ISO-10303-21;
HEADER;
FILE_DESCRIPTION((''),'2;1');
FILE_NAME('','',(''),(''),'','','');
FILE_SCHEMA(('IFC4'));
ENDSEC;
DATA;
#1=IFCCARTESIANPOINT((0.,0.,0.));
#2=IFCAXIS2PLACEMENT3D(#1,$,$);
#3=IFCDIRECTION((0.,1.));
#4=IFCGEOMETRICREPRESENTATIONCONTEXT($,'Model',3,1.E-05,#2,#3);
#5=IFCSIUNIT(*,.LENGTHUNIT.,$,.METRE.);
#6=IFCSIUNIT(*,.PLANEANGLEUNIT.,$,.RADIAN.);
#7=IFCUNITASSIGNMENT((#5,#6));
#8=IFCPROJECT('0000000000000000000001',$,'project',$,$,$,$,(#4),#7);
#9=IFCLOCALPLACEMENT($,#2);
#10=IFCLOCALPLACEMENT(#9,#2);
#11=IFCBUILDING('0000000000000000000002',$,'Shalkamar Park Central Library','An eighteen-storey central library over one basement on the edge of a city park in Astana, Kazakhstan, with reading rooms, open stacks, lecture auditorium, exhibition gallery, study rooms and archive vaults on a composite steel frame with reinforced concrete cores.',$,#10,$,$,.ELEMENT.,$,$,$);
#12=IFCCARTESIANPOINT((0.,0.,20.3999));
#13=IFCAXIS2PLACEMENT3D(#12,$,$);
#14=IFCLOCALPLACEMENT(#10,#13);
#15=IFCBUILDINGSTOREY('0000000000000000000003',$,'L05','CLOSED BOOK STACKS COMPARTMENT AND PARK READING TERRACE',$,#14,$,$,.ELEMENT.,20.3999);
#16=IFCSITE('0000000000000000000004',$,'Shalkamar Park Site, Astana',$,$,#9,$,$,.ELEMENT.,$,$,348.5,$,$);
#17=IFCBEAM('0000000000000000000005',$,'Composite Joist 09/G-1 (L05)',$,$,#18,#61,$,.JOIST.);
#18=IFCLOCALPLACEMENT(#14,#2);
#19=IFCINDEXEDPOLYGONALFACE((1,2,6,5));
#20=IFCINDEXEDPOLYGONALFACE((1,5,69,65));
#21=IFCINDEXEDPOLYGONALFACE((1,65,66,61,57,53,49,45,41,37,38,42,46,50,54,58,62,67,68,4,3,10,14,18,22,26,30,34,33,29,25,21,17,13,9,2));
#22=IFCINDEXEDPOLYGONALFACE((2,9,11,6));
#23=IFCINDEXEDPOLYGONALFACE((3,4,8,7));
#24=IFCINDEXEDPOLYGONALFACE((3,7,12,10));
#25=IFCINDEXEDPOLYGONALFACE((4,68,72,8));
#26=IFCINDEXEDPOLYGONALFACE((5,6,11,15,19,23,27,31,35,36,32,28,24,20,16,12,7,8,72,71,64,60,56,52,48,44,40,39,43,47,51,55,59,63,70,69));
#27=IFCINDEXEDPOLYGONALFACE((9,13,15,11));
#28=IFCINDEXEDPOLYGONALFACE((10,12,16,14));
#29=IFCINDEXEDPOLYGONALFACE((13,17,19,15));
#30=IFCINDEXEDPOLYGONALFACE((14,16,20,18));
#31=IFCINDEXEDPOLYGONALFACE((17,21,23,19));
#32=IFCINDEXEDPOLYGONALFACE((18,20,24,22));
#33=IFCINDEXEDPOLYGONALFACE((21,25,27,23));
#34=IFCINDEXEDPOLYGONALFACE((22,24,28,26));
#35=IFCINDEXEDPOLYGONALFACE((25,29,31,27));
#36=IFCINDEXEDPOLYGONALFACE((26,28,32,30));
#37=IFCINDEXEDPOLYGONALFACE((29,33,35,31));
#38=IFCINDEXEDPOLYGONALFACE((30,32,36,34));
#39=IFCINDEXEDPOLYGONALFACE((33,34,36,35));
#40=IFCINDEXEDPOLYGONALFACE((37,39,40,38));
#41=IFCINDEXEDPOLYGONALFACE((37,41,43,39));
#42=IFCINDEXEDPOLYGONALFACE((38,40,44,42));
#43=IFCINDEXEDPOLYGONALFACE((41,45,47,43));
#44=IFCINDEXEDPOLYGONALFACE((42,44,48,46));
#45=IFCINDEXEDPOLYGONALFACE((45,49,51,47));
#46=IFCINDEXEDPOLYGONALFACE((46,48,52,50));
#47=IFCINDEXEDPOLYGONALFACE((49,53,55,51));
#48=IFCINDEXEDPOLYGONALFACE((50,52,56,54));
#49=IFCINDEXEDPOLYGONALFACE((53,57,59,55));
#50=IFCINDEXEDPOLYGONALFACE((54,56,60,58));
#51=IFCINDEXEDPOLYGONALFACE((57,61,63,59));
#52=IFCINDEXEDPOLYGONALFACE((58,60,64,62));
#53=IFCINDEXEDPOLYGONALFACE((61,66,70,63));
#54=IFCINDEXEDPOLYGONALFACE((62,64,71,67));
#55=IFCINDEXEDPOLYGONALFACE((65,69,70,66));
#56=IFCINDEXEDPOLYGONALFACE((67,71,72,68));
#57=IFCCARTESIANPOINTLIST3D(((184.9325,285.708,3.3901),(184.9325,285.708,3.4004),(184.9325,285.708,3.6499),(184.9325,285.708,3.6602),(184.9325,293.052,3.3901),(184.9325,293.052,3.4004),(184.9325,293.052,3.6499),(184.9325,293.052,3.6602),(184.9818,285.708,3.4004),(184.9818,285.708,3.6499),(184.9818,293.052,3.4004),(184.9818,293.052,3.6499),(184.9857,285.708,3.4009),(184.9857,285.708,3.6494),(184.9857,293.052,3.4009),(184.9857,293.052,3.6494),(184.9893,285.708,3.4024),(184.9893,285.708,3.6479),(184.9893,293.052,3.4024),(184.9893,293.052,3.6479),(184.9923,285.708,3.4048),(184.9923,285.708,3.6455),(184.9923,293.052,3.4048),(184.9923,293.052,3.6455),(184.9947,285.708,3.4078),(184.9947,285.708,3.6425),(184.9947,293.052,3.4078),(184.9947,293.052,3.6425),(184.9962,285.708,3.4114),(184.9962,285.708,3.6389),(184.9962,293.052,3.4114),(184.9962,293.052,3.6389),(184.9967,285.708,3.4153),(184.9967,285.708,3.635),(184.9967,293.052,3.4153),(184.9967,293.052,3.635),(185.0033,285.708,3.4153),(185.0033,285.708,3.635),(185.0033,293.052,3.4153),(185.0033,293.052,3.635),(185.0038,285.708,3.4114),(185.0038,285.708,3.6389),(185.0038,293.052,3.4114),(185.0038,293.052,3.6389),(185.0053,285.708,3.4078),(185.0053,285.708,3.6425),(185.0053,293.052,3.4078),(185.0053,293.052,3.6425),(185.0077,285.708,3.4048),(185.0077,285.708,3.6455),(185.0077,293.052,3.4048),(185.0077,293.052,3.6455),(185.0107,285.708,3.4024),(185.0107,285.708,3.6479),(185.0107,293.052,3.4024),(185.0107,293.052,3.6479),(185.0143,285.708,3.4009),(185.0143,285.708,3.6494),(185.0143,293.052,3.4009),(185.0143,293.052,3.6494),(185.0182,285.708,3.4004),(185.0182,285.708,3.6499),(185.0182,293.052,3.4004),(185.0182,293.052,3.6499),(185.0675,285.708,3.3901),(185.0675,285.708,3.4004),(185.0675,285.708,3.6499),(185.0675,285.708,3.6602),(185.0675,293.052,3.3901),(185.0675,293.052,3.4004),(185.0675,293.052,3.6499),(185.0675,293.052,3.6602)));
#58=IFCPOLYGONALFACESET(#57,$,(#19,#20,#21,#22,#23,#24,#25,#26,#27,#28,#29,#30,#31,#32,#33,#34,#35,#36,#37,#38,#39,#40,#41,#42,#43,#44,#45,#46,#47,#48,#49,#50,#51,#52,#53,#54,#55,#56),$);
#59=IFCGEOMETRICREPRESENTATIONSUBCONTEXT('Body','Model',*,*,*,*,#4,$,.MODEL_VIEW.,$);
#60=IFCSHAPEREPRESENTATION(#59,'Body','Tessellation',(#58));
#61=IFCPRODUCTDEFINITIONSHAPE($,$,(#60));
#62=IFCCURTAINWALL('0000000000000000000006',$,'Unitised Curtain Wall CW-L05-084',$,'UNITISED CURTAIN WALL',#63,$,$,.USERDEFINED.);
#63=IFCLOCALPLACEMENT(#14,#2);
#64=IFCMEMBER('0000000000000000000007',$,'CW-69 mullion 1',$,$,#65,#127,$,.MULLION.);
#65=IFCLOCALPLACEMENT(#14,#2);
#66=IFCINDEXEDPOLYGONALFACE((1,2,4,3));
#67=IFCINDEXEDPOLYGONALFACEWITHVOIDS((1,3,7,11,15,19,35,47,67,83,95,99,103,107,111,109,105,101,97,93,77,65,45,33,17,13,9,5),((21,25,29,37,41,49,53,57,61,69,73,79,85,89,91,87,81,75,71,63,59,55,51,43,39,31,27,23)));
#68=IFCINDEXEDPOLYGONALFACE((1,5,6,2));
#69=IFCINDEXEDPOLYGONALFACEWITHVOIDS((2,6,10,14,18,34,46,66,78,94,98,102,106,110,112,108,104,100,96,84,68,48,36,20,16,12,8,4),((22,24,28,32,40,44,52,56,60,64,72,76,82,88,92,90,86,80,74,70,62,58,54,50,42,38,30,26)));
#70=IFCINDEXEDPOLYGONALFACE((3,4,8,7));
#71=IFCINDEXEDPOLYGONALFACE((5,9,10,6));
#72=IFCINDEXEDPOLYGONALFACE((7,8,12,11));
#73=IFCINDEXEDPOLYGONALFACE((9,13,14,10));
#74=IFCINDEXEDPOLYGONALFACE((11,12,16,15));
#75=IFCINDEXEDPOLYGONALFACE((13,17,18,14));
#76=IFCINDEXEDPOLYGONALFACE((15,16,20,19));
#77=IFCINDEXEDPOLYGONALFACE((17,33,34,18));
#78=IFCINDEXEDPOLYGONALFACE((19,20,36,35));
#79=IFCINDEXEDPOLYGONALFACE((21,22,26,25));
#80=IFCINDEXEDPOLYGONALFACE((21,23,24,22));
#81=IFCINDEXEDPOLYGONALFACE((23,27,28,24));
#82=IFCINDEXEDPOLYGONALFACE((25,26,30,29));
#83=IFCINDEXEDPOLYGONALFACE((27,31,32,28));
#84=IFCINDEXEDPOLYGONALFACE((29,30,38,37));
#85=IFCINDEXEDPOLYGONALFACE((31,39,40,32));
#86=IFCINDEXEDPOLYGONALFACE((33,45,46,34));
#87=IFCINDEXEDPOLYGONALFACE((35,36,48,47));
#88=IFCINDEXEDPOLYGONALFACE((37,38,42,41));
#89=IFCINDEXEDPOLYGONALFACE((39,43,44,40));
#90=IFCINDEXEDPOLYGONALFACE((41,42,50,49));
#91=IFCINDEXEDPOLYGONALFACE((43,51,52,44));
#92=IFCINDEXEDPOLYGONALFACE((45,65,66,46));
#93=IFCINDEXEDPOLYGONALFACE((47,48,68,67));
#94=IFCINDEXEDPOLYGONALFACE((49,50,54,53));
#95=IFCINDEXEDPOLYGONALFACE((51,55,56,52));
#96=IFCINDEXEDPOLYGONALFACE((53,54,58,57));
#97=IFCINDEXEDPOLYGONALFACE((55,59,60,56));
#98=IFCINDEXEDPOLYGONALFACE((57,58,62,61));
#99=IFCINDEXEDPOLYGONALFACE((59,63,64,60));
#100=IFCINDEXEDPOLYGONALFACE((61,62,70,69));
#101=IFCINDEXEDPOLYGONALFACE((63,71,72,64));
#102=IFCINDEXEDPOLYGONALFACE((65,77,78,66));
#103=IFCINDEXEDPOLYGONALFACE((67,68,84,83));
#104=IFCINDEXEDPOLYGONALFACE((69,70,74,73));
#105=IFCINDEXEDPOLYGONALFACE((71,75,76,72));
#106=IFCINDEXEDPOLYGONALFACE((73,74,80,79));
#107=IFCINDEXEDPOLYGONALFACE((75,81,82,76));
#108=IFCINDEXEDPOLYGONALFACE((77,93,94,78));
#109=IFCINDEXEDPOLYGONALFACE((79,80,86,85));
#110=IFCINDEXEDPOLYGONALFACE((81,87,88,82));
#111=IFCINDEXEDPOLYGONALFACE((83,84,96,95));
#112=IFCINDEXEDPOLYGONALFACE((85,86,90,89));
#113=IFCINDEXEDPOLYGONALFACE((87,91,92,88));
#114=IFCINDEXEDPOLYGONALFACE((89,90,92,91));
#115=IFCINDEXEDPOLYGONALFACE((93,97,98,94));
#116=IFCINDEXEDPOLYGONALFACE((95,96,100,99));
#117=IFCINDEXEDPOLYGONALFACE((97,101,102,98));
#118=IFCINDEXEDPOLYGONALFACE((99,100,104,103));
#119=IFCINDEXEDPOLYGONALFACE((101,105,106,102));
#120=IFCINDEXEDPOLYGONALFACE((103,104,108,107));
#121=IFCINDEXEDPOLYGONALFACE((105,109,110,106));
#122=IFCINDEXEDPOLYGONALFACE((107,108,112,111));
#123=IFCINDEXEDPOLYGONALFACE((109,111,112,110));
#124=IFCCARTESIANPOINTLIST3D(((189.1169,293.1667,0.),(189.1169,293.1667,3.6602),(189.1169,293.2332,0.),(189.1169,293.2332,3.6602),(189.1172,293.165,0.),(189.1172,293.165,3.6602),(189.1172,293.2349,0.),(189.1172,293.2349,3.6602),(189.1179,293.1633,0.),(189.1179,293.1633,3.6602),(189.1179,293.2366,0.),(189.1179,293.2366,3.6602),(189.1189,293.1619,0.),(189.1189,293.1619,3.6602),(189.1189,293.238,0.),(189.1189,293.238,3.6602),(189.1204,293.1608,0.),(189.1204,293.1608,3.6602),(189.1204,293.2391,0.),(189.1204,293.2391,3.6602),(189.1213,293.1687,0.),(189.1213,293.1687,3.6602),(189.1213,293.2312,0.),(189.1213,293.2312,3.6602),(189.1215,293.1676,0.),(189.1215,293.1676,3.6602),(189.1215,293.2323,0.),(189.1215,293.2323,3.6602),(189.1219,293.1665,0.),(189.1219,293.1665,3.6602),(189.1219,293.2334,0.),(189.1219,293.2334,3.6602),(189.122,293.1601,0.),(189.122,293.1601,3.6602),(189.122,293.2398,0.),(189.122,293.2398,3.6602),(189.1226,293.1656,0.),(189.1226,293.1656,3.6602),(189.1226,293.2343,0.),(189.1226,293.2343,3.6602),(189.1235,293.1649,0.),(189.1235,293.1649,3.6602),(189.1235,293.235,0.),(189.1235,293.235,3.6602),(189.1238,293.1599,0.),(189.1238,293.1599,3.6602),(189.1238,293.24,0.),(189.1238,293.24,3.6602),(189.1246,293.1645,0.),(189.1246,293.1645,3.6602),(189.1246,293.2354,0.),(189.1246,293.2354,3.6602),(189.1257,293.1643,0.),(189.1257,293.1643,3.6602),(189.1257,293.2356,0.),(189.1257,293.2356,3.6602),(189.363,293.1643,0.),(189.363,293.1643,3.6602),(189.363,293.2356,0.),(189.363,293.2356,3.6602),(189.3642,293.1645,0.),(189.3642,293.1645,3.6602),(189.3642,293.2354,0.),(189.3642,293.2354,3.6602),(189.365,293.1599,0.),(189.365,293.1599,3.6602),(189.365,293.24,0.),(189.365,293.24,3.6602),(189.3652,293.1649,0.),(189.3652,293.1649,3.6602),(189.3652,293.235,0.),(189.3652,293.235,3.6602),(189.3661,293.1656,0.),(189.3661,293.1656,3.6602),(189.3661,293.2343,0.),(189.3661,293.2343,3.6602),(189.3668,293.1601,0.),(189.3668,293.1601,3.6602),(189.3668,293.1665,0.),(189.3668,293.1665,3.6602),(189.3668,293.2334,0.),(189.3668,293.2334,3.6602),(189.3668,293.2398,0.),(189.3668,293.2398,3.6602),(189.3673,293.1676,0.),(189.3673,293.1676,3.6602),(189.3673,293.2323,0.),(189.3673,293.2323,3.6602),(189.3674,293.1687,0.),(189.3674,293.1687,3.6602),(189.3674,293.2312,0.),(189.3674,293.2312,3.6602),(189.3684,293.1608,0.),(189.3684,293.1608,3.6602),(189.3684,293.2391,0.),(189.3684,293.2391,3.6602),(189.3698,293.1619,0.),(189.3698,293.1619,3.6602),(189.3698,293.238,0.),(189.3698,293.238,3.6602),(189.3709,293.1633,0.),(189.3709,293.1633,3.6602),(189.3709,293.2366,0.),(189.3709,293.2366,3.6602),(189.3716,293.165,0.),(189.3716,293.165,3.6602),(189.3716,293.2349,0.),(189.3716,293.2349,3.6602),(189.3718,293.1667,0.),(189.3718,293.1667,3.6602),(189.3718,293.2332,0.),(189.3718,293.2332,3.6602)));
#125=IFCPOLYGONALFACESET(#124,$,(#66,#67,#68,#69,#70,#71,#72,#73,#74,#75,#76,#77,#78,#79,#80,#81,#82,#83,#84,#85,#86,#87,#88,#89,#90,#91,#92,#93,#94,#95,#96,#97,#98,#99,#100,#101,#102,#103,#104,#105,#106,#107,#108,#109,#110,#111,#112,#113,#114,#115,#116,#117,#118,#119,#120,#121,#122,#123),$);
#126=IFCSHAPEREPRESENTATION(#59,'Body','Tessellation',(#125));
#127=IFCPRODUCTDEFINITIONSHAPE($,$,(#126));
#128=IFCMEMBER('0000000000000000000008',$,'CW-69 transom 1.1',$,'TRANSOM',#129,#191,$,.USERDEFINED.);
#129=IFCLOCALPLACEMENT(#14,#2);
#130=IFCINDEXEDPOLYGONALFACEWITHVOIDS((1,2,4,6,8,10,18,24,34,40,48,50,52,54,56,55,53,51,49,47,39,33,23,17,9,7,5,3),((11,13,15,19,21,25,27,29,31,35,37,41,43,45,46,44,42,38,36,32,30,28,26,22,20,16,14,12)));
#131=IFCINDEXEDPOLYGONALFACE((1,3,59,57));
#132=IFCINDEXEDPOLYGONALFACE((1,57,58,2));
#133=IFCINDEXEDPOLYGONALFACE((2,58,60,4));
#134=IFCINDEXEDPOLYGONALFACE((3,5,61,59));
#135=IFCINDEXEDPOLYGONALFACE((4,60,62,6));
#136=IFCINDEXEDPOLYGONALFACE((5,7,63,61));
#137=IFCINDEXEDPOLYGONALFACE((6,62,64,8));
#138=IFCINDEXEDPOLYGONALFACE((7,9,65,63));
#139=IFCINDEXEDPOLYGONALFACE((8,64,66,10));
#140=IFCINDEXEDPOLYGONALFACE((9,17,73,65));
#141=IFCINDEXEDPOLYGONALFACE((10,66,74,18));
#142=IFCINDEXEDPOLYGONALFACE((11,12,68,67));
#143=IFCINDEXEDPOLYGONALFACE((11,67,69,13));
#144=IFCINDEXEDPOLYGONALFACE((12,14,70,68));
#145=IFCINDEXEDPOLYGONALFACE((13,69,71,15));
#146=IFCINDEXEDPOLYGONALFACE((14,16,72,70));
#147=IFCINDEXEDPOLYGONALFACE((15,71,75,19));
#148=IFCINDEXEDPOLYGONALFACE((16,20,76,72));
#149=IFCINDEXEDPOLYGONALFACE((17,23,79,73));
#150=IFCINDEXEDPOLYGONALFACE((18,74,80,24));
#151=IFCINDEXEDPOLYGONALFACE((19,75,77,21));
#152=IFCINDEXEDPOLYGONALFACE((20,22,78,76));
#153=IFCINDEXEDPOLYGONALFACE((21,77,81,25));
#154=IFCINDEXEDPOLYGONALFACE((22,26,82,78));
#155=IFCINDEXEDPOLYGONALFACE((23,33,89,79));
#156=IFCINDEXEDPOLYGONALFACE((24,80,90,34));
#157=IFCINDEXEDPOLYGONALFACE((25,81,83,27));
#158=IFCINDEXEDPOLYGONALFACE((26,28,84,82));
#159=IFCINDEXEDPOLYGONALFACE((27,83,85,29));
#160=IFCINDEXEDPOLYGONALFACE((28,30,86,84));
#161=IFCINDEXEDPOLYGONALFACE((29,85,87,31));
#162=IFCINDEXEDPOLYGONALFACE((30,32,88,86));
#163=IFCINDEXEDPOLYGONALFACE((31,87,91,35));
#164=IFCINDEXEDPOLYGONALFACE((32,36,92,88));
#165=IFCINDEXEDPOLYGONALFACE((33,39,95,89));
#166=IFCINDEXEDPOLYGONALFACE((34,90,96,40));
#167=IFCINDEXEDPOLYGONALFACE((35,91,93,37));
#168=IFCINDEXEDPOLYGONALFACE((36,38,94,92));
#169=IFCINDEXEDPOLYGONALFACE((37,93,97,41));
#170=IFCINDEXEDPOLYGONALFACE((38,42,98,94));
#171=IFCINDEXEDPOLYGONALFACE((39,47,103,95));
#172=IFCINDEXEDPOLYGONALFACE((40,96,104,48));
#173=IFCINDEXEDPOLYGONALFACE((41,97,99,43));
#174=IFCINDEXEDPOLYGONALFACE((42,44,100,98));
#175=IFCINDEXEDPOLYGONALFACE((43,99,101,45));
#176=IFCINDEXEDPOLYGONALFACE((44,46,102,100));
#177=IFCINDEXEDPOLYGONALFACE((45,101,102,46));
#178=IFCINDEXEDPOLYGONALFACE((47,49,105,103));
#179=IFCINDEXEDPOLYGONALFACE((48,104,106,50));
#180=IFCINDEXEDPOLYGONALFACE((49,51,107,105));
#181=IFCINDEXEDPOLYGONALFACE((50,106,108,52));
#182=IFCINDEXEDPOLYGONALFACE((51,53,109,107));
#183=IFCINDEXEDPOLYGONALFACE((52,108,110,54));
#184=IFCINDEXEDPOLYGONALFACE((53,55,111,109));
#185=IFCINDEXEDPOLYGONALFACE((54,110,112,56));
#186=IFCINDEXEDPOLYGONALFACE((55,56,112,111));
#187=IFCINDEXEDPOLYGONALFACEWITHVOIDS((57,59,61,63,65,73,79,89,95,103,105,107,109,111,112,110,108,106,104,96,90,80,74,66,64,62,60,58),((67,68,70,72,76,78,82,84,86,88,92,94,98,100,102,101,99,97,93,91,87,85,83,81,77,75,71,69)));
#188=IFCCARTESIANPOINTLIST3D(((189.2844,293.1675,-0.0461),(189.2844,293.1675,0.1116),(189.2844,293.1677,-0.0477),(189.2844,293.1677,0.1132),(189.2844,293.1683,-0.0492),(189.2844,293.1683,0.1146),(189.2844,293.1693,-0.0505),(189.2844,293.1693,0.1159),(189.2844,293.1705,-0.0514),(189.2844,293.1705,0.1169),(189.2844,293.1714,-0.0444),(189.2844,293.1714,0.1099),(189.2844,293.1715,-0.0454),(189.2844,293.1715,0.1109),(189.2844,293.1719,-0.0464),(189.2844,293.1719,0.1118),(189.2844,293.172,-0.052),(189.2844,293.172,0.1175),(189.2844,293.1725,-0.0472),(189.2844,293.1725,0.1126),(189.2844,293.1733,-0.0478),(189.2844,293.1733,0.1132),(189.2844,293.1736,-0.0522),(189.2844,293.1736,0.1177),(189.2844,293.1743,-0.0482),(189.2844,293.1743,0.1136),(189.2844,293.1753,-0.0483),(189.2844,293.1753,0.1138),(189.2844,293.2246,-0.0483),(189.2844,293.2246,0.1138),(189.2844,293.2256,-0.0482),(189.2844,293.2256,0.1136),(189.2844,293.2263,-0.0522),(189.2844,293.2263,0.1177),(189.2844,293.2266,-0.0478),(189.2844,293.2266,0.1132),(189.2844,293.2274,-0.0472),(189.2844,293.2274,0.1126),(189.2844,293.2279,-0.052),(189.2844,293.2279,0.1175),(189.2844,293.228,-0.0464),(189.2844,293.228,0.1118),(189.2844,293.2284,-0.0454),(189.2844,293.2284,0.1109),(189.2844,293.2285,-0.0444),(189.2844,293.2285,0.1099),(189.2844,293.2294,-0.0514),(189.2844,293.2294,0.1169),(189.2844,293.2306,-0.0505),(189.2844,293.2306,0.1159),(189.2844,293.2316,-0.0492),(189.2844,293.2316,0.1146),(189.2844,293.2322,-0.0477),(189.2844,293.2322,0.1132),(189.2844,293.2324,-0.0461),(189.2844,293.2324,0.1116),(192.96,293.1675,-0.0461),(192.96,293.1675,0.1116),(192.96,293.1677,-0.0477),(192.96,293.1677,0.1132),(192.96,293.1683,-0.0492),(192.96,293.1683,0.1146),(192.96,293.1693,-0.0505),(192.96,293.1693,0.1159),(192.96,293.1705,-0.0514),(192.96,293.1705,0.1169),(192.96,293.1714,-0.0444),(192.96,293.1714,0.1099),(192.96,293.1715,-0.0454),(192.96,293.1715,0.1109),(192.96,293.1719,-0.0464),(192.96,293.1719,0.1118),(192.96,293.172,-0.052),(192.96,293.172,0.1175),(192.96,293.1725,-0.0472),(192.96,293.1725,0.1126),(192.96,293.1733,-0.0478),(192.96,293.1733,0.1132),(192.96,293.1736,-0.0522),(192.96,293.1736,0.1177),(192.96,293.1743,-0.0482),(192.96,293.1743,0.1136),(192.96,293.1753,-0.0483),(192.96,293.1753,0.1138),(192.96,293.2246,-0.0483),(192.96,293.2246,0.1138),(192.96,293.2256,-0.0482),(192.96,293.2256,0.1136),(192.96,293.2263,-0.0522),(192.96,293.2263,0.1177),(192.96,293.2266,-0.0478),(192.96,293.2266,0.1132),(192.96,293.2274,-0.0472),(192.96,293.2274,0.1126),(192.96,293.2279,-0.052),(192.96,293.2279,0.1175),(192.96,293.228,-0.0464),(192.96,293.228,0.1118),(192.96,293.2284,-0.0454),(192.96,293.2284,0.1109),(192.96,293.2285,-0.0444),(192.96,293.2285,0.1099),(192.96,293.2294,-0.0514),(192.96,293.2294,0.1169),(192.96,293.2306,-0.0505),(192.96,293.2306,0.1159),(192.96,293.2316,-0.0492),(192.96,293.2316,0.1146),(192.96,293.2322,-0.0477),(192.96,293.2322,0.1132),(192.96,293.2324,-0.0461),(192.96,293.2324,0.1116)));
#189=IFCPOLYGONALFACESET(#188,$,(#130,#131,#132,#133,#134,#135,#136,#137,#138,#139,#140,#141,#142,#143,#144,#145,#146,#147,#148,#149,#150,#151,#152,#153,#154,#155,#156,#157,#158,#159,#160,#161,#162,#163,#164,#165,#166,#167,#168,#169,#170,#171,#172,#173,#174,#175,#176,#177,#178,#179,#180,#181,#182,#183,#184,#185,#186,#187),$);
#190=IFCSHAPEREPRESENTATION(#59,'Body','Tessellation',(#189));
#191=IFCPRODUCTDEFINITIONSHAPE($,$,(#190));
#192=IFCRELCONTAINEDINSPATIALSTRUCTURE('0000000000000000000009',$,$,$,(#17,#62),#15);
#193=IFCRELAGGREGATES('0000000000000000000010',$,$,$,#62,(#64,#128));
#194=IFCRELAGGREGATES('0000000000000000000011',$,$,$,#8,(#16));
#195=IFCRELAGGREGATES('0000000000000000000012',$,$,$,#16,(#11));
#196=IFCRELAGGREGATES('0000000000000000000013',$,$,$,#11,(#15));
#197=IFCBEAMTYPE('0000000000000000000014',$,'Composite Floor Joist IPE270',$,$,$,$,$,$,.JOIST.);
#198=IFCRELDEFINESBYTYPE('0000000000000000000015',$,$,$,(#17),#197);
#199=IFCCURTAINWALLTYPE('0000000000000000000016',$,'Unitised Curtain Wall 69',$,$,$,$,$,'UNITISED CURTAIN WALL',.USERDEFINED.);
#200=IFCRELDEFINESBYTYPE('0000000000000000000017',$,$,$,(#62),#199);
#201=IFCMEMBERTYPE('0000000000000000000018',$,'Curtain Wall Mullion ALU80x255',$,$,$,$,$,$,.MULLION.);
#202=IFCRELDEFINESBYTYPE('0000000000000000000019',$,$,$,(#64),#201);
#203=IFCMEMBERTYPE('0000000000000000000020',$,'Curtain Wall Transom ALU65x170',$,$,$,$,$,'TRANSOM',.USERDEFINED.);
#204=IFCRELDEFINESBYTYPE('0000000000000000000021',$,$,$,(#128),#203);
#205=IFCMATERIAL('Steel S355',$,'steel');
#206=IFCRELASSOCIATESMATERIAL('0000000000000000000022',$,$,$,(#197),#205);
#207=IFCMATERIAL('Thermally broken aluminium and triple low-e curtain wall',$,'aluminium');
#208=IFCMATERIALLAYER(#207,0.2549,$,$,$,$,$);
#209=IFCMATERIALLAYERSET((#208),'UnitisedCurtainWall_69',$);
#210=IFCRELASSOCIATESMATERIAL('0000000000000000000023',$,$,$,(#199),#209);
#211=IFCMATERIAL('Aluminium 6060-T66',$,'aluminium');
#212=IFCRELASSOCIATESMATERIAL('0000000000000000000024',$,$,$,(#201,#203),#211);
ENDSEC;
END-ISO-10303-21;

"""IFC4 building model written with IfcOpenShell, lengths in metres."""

from ifc_helpers import new_model, si_unit, direction, frame, origin, origin_2d, place, context, subcontext, project, spatial, hollow_rectangle, i_section, extrude, material, layer, layer_set, material_profile, profile_set, type_object, element, aggregate, save


model = new_model("IFC4")

# Units and contexts
model_context = context("Model", 3, precision=1e-05, world=origin(), true_north=direction((0.0, 1.0)))
body_context = subcontext(model_context, "Body", "Model", "MODEL_VIEW")
ifc_project = project(units=[si_unit("LENGTHUNIT", "METRE"), si_unit("PLANEANGLEUNIT", "RADIAN")], contexts=[model_context])

# Site, building, storey
site_placement = place(None, origin())
site = spatial("IfcSite", under=ifc_project, at=site_placement, Name="Shalkamar Park Site, Astana", CompositionType="ELEMENT", RefElevation=348.5)
building_placement = place(site_placement, origin())
building = spatial("IfcBuilding", under=site, at=building_placement, Name="Shalkamar Park Central Library", Description="An eighteen-storey central library over one basement on the edge of a city park in Astana, Kazakhstan, with reading rooms, open stacks, lecture auditorium, exhibition gallery, study rooms and archive vaults on a composite steel frame with reinforced concrete cores.", CompositionType="ELEMENT")
storey_placement = place(building_placement, frame((0.0, 0.0, 20.3999)))
storey = spatial("IfcBuildingStorey", under=building, at=storey_placement, Name="L05", Description="CLOSED BOOK STACKS COMPARTMENT AND PARK READING TERRACE", CompositionType="ELEMENT", Elevation=20.3999)

# Shared definitions
ifc_material_1 = material(Name="Steel S355", Category="steel")

# Beam
ifc_material_profile_1 = material_profile(ifc_material_1, i_section(OverallWidth=0.135, OverallDepth=0.27, WebThickness=0.0066, FlangeThickness=0.0103, FilletRadius=0.0149, at=origin_2d()), Name="IPE 270")
ifc_profile_set_1 = profile_set([ifc_material_profile_1], Name="Steel S355")
beam_type_1 = type_object("IfcBeamType", Name="Composite Floor Joist IPE270", PredefinedType="JOIST", material=ifc_profile_set_1)
beam_1_placement = place(storey_placement, frame((185.0, 285.708, 3.5251), z_axis=(0.0, 1.0, 0.0), x_axis=(-1.0, 0.0, 0.0)))
element("IfcBeam", 1, at=beam_1_placement, inside=storey, type_object=beam_type_1, Name="Composite Joist 09/G-1 (L05)", PredefinedType="JOIST", context=body_context, shape_type="SweptSolid", body=[
    extrude(i_section(OverallWidth=0.135, OverallDepth=0.27, WebThickness=0.0066, FlangeThickness=0.0103, FilletRadius=0.0149, at=origin_2d()), origin(), (0.0, 0.0, 1.0), 7.344),
])

# Curtain wall, members
ifc_material_2 = material(Name="Thermally broken aluminium and triple low-e curtain wall", Category="aluminium")
ifc_layer_1 = layer(ifc_material_2, 0.2549)
ifc_layer_set_1 = layer_set([ifc_layer_1], Name="UnitisedCurtainWall_69")
curtain_wall_type = type_object("IfcCurtainWallType", Name="Unitised Curtain Wall 69", ElementType="UNITISED CURTAIN WALL", PredefinedType="USERDEFINED", material=ifc_layer_set_1)
curtain_wall_placement = place(storey_placement, origin())
curtain_wall = element("IfcCurtainWall", 2, at=curtain_wall_placement, inside=storey, type_object=curtain_wall_type, Name="Unitised Curtain Wall CW-L05-084", ObjectType="UNITISED CURTAIN WALL", PredefinedType="USERDEFINED")
ifc_material_3 = material(Name="Aluminium 6060-T66", Category="aluminium")
ifc_material_profile_2 = material_profile(ifc_material_3, hollow_rectangle(XDim=0.0801, YDim=0.2549, WallThickness=0.0044, InnerFilletRadius=0.0044, OuterFilletRadius=0.0068, at=origin_2d()), Name="ALU 80x255x4.5")
ifc_profile_set_2 = profile_set([ifc_material_profile_2], Name="Aluminium 6060-T66")
member_type_1 = type_object("IfcMemberType", Name="Curtain Wall Mullion ALU80x255", PredefinedType="MULLION", material=ifc_profile_set_2)
member_1_placement = place(storey_placement, frame((189.2444, 293.2, 0.0), z_axis=(0.0, 0.0, 1.0), x_axis=(0.0, 1.0, 0.0)))
member_1 = element("IfcMember", 3, at=member_1_placement, type_object=member_type_1, Name="CW-69 mullion 1", PredefinedType="MULLION", context=body_context, shape_type="SweptSolid", body=[
    extrude(hollow_rectangle(XDim=0.0801, YDim=0.2549, WallThickness=0.0044, InnerFilletRadius=0.0044, OuterFilletRadius=0.0068, at=origin_2d()), origin(), (0.0, 0.0, 1.0), 3.6602),
])
ifc_material_profile_3 = material_profile(ifc_material_3, hollow_rectangle(XDim=0.0649, YDim=0.1699, WallThickness=0.0039, InnerFilletRadius=0.0039, OuterFilletRadius=0.0061, at=origin_2d()), Name="ALU 65x170x4")
ifc_profile_set_3 = profile_set([ifc_material_profile_3], Name="Aluminium 6060-T66")
member_type_2 = type_object("IfcMemberType", Name="Curtain Wall Transom ALU65x170", ElementType="TRANSOM", PredefinedType="USERDEFINED", material=ifc_profile_set_3)
member_2_placement = place(storey_placement, frame((189.2844, 293.2, 0.0327), z_axis=(1.0, 0.0, 0.0), x_axis=(0.0, 1.0, 0.0)))
member_2 = element("IfcMember", 4, at=member_2_placement, type_object=member_type_2, Name="CW-69 transom 1.1", ObjectType="TRANSOM", PredefinedType="USERDEFINED", context=body_context, shape_type="SweptSolid", body=[
    extrude(hollow_rectangle(XDim=0.0649, YDim=0.1699, WallThickness=0.0039, InnerFilletRadius=0.0039, OuterFilletRadius=0.0061, at=origin_2d()), origin(), (0.0, 0.0, 1.0), 3.6755),
])

aggregate(curtain_wall, [member_1, member_2])

save(model, "model.ifc")
